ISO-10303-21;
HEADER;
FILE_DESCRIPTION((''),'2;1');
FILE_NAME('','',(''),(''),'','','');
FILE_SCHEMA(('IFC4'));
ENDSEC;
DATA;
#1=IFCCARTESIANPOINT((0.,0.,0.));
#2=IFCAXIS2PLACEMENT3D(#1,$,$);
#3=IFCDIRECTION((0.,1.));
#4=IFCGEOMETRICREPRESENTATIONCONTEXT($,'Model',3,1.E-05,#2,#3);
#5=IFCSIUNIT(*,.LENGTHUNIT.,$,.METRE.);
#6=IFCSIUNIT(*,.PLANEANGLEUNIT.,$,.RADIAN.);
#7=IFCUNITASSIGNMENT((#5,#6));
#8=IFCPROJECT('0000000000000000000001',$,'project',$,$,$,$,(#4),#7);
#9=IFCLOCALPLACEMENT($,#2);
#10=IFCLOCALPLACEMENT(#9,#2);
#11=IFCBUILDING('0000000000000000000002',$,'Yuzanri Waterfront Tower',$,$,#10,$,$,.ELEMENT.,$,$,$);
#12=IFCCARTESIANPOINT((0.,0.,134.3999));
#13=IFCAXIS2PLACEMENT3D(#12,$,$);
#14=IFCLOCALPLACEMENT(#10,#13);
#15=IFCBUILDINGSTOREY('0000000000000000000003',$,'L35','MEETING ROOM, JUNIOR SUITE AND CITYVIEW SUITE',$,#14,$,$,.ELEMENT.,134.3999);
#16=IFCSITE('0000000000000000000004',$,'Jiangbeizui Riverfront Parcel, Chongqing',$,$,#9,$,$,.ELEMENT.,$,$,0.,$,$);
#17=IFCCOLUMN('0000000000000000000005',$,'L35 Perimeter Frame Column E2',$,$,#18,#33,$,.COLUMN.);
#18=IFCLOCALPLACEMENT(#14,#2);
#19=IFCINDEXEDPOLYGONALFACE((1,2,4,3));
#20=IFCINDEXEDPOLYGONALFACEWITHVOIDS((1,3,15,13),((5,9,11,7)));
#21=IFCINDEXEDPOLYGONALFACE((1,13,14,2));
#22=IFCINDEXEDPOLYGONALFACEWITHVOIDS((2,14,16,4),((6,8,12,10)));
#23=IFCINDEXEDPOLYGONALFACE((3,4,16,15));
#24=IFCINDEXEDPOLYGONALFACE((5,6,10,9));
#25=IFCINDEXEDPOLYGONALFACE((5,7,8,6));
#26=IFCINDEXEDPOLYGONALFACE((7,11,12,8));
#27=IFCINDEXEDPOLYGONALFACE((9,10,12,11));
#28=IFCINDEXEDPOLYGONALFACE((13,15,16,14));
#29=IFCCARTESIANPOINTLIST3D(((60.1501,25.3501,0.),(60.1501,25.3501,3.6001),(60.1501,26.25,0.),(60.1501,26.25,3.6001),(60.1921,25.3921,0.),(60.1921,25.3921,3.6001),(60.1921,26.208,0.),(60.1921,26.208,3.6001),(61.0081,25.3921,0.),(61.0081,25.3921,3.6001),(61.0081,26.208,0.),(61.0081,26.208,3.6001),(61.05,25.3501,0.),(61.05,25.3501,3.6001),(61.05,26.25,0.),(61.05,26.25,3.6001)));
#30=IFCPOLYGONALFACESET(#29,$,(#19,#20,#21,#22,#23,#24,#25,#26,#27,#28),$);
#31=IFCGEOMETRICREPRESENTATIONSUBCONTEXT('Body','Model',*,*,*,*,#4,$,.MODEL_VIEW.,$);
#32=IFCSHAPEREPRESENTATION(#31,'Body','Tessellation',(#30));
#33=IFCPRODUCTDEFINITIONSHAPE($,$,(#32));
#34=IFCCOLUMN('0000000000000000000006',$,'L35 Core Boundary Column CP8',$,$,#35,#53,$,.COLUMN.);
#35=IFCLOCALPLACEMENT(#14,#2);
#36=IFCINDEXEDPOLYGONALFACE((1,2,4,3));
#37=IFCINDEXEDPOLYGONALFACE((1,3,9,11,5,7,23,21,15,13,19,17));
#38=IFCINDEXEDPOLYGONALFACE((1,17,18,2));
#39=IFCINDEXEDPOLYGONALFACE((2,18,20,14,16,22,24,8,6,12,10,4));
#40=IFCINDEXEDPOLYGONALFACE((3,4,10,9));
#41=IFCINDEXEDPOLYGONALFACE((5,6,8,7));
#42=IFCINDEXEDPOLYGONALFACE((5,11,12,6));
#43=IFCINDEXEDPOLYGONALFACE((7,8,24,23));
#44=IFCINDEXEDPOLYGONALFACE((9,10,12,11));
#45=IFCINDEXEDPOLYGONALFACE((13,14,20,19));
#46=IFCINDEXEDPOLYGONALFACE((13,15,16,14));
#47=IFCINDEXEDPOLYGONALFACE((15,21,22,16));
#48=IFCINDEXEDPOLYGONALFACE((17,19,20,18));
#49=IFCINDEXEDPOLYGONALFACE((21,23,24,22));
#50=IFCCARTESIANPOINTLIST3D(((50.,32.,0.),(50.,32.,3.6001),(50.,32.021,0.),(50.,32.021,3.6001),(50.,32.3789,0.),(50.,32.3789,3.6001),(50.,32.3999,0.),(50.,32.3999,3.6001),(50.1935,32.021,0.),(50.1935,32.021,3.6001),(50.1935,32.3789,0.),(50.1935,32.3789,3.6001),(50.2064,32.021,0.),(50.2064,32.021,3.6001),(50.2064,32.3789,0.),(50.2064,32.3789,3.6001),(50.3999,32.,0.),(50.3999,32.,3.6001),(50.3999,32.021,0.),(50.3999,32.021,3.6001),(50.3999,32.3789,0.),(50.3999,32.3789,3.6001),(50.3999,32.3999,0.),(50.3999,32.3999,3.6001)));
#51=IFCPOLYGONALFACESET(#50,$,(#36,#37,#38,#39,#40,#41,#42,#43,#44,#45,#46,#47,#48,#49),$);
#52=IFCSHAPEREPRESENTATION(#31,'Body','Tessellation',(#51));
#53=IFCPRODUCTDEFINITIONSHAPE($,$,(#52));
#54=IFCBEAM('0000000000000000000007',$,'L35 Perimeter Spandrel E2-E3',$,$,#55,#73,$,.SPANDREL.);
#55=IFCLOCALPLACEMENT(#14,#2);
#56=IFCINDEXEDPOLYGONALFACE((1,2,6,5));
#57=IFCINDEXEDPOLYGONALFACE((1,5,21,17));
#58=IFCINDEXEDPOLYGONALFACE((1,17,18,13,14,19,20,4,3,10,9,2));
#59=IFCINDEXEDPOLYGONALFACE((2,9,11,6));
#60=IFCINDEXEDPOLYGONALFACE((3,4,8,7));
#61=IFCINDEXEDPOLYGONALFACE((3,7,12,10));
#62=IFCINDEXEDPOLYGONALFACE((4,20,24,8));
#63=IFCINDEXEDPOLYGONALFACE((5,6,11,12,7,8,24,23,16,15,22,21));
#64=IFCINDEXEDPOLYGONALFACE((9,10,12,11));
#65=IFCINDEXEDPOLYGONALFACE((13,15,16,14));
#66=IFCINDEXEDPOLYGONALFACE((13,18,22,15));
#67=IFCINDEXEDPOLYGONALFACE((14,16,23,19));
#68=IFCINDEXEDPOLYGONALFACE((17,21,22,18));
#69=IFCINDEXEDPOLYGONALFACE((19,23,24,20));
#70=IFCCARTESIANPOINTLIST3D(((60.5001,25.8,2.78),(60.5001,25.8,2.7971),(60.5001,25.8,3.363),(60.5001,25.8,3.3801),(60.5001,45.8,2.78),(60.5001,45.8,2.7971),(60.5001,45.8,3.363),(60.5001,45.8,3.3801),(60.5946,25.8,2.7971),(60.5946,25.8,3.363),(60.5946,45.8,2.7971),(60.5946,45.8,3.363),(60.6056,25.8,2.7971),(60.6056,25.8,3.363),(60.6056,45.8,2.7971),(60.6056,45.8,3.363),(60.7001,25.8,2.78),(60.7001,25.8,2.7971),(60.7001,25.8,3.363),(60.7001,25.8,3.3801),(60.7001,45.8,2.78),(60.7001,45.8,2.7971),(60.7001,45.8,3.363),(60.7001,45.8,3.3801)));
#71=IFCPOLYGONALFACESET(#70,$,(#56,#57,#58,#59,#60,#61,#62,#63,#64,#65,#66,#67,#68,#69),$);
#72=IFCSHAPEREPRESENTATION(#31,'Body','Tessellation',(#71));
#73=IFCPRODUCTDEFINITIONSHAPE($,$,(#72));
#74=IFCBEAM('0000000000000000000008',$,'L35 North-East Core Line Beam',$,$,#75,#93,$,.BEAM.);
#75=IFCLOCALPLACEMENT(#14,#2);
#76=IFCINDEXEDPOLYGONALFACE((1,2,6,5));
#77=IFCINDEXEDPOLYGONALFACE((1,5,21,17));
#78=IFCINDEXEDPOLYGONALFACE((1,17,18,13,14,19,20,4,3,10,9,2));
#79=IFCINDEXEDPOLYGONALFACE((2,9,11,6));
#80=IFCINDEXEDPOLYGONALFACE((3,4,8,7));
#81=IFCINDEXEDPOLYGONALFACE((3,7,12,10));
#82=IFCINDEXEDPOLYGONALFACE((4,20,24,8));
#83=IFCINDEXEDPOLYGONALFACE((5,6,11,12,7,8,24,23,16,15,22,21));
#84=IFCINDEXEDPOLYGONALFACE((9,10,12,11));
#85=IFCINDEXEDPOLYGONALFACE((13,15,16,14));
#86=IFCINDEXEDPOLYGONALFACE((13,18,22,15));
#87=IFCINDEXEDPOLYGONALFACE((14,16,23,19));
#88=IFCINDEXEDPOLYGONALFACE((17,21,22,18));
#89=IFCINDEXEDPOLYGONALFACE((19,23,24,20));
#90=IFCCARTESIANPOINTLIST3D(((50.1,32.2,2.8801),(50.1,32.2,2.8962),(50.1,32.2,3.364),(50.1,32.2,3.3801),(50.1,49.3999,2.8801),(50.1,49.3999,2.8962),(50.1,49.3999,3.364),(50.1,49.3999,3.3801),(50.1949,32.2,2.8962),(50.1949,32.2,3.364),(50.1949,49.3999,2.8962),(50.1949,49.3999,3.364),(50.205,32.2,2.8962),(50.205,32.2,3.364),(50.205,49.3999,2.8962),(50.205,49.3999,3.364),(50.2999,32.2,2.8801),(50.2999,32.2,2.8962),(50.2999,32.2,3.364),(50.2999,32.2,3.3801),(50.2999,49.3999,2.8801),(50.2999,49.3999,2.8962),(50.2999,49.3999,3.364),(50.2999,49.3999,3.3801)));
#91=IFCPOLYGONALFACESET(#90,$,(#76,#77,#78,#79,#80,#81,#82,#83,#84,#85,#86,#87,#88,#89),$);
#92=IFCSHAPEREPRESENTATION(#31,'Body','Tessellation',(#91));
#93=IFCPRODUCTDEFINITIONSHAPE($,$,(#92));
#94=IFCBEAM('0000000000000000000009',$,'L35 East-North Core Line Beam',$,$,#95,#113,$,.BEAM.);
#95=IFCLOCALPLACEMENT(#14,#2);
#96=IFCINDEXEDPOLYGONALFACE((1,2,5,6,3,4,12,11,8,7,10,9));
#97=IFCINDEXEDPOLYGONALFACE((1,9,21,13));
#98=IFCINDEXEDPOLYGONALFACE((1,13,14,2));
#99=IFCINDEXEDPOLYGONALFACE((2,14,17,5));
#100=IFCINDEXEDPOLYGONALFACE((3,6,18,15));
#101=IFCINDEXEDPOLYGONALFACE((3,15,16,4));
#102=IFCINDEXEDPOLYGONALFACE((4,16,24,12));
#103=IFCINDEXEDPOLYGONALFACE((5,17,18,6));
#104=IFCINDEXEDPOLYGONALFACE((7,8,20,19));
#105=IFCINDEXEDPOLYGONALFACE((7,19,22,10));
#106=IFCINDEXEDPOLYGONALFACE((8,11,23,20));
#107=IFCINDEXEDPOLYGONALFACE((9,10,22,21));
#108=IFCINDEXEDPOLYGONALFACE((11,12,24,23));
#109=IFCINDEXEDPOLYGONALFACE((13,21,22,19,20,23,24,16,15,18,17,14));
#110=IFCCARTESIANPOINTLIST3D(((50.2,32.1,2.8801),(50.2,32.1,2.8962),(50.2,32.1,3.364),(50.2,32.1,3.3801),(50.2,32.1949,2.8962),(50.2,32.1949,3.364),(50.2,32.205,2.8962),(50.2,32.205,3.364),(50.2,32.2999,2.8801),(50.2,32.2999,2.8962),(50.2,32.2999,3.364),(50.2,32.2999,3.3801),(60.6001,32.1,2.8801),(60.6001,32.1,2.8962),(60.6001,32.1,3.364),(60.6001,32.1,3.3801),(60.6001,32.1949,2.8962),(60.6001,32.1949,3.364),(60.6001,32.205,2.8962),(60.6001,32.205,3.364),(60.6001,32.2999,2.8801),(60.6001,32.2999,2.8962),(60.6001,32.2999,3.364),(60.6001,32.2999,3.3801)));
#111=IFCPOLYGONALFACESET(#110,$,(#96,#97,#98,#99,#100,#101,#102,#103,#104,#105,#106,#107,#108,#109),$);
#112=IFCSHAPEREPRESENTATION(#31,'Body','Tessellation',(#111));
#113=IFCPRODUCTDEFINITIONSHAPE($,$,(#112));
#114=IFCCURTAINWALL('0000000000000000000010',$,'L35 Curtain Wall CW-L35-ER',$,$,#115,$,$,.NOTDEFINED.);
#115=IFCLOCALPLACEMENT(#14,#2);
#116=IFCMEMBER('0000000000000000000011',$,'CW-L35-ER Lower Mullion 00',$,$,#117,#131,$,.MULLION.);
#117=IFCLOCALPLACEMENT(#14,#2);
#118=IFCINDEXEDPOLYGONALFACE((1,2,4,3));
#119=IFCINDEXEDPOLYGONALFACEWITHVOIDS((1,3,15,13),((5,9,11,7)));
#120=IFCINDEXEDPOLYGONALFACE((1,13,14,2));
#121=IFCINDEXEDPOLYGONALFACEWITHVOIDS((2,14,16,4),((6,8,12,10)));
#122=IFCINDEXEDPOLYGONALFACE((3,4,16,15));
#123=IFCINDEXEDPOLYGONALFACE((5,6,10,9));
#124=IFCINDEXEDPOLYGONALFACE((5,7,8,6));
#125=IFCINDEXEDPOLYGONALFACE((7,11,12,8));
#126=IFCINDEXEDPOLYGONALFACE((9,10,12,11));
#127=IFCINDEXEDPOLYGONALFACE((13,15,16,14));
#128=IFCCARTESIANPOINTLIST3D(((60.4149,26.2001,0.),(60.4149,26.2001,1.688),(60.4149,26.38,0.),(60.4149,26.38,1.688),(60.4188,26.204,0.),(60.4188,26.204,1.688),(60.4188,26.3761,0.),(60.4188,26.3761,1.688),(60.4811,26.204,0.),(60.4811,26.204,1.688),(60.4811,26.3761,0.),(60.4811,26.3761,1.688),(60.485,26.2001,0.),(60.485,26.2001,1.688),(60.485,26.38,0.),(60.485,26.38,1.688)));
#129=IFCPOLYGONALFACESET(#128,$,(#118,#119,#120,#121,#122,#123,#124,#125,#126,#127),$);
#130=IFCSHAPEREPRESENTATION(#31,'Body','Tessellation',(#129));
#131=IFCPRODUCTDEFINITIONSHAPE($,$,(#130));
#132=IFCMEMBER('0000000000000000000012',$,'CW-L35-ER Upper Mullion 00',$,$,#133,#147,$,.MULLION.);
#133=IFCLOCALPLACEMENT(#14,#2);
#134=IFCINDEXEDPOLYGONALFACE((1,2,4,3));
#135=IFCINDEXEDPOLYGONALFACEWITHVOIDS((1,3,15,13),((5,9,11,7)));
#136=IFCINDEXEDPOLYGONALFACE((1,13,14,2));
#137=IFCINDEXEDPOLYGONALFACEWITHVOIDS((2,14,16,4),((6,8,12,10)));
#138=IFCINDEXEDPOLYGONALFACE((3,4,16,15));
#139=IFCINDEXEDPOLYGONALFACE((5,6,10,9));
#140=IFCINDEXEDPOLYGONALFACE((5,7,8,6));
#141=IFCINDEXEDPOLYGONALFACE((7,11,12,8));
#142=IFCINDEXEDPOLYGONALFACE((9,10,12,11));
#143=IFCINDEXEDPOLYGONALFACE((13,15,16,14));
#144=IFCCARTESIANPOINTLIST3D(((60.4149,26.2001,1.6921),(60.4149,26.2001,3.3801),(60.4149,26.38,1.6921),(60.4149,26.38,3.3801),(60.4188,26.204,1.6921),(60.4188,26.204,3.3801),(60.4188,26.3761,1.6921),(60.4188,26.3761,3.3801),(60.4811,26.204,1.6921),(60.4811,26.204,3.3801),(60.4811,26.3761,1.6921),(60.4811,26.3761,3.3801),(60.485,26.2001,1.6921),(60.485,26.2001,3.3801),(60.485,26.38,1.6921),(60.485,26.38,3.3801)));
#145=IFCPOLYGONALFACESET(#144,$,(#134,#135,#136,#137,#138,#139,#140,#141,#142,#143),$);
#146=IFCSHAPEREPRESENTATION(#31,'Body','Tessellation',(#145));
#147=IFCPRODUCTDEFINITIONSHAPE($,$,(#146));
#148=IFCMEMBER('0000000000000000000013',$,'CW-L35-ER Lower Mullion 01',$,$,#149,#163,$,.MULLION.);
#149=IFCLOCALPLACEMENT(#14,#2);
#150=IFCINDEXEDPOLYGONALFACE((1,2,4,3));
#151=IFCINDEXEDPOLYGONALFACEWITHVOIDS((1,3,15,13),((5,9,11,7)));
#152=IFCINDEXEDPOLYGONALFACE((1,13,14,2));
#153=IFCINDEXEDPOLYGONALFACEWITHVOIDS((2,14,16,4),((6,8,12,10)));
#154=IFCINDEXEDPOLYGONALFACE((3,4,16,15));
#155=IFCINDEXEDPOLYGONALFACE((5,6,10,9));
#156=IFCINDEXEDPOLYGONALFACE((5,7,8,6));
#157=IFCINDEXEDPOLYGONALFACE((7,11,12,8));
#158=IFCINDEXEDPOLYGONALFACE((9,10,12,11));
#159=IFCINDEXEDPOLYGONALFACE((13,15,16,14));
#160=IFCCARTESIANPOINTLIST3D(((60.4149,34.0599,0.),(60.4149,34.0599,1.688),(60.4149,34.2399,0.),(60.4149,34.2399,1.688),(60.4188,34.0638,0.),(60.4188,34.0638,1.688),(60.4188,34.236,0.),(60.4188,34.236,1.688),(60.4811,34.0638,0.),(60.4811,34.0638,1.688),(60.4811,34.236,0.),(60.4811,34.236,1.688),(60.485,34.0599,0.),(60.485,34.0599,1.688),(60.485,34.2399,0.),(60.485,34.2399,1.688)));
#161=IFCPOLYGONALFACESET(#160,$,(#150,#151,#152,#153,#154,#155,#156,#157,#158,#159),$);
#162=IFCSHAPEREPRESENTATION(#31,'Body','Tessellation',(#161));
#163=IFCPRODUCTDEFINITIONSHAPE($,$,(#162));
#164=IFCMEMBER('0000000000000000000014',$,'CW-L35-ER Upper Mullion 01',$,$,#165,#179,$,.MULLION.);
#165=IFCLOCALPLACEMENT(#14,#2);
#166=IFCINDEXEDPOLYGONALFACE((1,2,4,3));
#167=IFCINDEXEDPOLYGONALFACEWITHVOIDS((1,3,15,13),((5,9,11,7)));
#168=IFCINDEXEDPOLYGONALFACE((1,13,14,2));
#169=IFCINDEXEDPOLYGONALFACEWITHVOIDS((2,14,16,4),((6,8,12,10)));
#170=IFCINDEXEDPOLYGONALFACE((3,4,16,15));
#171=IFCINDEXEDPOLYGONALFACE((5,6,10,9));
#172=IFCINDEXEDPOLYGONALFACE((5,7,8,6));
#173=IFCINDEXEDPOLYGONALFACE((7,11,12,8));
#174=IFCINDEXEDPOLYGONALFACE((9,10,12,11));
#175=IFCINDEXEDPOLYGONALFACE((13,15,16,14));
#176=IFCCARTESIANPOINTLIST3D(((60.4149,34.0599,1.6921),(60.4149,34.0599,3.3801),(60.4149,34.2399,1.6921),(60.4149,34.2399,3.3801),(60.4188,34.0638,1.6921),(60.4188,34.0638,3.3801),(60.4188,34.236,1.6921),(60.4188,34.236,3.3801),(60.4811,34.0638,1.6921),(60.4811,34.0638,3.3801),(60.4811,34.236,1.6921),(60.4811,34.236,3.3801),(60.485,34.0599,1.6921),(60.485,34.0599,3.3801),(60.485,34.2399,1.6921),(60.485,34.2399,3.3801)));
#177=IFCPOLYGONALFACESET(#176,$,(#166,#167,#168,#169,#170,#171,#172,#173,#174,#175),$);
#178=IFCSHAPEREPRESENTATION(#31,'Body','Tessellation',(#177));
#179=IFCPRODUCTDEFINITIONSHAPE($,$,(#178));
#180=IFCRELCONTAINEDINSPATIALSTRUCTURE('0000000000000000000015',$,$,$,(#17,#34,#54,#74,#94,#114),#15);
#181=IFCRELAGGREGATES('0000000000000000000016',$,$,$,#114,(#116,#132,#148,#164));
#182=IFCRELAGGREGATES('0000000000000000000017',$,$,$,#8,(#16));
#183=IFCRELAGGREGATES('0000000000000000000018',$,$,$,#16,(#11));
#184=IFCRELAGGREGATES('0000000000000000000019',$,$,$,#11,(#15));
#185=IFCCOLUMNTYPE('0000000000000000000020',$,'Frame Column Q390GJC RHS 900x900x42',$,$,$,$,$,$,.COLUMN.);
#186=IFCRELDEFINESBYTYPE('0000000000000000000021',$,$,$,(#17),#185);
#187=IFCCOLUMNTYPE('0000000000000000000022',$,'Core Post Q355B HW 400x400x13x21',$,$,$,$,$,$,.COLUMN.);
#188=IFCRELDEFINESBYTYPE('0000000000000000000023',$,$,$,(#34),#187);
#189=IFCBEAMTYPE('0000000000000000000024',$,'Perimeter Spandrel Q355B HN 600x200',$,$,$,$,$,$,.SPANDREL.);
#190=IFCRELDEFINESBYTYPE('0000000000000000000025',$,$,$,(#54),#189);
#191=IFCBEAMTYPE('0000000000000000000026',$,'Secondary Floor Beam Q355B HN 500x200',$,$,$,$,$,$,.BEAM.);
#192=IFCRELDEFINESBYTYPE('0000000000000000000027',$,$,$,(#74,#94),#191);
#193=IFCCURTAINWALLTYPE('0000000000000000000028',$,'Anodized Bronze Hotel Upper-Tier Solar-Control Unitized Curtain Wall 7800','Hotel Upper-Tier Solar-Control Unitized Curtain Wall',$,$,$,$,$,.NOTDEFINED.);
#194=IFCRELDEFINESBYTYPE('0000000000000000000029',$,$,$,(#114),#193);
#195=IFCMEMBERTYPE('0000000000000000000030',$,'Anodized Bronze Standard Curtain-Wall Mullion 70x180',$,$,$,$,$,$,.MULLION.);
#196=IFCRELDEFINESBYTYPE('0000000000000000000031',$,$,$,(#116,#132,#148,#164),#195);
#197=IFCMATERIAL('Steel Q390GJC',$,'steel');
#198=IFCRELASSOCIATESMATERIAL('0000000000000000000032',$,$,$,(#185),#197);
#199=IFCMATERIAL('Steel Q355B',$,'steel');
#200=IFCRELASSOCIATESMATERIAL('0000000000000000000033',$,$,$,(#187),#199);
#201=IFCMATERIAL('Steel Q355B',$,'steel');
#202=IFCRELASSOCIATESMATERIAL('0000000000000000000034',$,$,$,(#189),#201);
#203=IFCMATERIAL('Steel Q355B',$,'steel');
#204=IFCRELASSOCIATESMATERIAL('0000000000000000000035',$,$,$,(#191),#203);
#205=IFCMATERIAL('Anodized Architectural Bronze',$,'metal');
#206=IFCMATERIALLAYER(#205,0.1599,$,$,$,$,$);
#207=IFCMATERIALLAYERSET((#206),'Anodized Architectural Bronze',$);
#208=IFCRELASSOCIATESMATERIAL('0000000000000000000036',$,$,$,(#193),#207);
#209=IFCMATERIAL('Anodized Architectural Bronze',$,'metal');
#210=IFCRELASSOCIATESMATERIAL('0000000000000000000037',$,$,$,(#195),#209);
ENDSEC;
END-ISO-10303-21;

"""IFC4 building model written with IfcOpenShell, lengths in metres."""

from ifc_helpers import new_model, si_unit, direction, frame, origin, origin_2d, place, context, subcontext, project, spatial, hollow_rectangle, i_section, extrude, source, transform, mapped, material, layer, layer_set, material_profile, profile_set, type_object, element, aggregate, save


model = new_model("IFC4")

# Units and contexts
model_context = context("Model", 3, precision=1e-05, world=origin(), true_north=direction((0.0, 1.0)))
body_context = subcontext(model_context, "Body", "Model", "MODEL_VIEW")
ifc_project = project(units=[si_unit("LENGTHUNIT", "METRE"), si_unit("PLANEANGLEUNIT", "RADIAN")], contexts=[model_context])

# Site, building, storey
site_placement = place(None, origin())
site = spatial("IfcSite", under=ifc_project, at=site_placement, Name="Jiangbeizui Riverfront Parcel, Chongqing", CompositionType="ELEMENT", RefElevation=0.0)
building_placement = place(site_placement, origin())
building = spatial("IfcBuilding", under=site, at=building_placement, Name="Yuzanri Waterfront Tower", CompositionType="ELEMENT")
storey_placement = place(building_placement, frame((0.0, 0.0, 134.3999)))
storey = spatial("IfcBuildingStorey", under=building, at=storey_placement, Name="L35", Description="MEETING ROOM, JUNIOR SUITE AND CITYVIEW SUITE", CompositionType="ELEMENT", Elevation=134.3999)

# Columns
ifc_material_1 = material(Name="Steel Q390GJC", Category="steel")
ifc_material_profile_1 = material_profile(ifc_material_1, hollow_rectangle(XDim=0.8999, YDim=0.8999, WallThickness=0.042, at=origin_2d()), Name="RHS 900x900x42")
ifc_profile_set_1 = profile_set([ifc_material_profile_1], Name="Steel Q390GJC")
column_type_1 = type_object("IfcColumnType", Name="Frame Column Q390GJC RHS 900x900x42", PredefinedType="COLUMN", material=ifc_profile_set_1)
shared_shape_1 = source(origin(), body_context, "Body", "SweptSolid", [
    extrude(hollow_rectangle(XDim=0.8999, YDim=0.8999, WallThickness=0.042, at=origin_2d()), origin(), (0.0, 0.0, 1.0), 3.6001),
])
column_1_placement = place(storey_placement, frame((60.6001, 25.8, 0.0), z_axis=(0.0, 0.0, 1.0), x_axis=(1.0, 0.0, 0.0)))
element("IfcColumn", 1, at=column_1_placement, inside=storey, type_object=column_type_1, Name="L35 Perimeter Frame Column E2", PredefinedType="COLUMN", context=body_context, shape_type="MappedRepresentation", body=[
    mapped(shared_shape_1, transform((0.0, 0.0, 0.0), scale=1.0)),
])
ifc_material_2 = material(Name="Steel Q355B", Category="steel")
ifc_material_profile_2 = material_profile(ifc_material_2, i_section(OverallWidth=0.3999, OverallDepth=0.3999, WebThickness=0.0129, FlangeThickness=0.021, at=origin_2d()), Name="HW 400x400x13x21")
ifc_profile_set_2 = profile_set([ifc_material_profile_2], Name="Steel Q355B")
column_type_2 = type_object("IfcColumnType", Name="Core Post Q355B HW 400x400x13x21", PredefinedType="COLUMN", material=ifc_profile_set_2)
shared_shape_2 = source(origin(), body_context, "Body", "SweptSolid", [
    extrude(i_section(OverallWidth=0.3999, OverallDepth=0.3999, WebThickness=0.0129, FlangeThickness=0.021, at=origin_2d()), origin(), (0.0, 0.0, 1.0), 3.6001),
])
column_2_placement = place(storey_placement, frame((50.2, 32.2, 0.0), z_axis=(0.0, 0.0, 1.0), x_axis=(1.0, 0.0, 0.0)))
element("IfcColumn", 2, at=column_2_placement, inside=storey, type_object=column_type_2, Name="L35 Core Boundary Column CP8", PredefinedType="COLUMN", context=body_context, shape_type="MappedRepresentation", body=[
    mapped(shared_shape_2, transform((0.0, 0.0, 0.0), scale=1.0)),
])

# Beams
ifc_material_3 = material(Name="Steel Q355B", Category="steel")
ifc_material_profile_3 = material_profile(ifc_material_3, i_section(OverallWidth=0.2, OverallDepth=0.6001, WebThickness=0.011, FlangeThickness=0.0171, at=origin_2d()), Name="HN 600x200x11x17")
ifc_profile_set_3 = profile_set([ifc_material_profile_3], Name="Steel Q355B")
beam_type_1 = type_object("IfcBeamType", Name="Perimeter Spandrel Q355B HN 600x200", PredefinedType="SPANDREL", material=ifc_profile_set_3)
shared_shape_3 = source(origin(), body_context, "Body", "SweptSolid", [
    extrude(i_section(OverallWidth=0.2, OverallDepth=0.6001, WebThickness=0.011, FlangeThickness=0.0171, at=origin_2d()), origin(), (0.0, 0.0, 1.0), 20.0),
])
beam_1_placement = place(storey_placement, frame((60.6001, 25.8, 3.0801), z_axis=(0.0, 1.0, 0.0), x_axis=(-1.0, 0.0, 0.0)))
element("IfcBeam", 3, at=beam_1_placement, inside=storey, type_object=beam_type_1, Name="L35 Perimeter Spandrel E2-E3", PredefinedType="SPANDREL", context=body_context, shape_type="MappedRepresentation", body=[
    mapped(shared_shape_3, transform((0.0, 0.0, 0.0), scale=1.0)),
])
ifc_material_4 = material(Name="Steel Q355B", Category="steel")
ifc_material_profile_4 = material_profile(ifc_material_4, i_section(OverallWidth=0.2, OverallDepth=0.5, WebThickness=0.01, FlangeThickness=0.0161, at=origin_2d()), Name="HN 500x200x10x16")
ifc_profile_set_4 = profile_set([ifc_material_profile_4], Name="Steel Q355B")
beam_type_2 = type_object("IfcBeamType", Name="Secondary Floor Beam Q355B HN 500x200", PredefinedType="BEAM", material=ifc_profile_set_4)
shared_shape_4 = source(origin(), body_context, "Body", "SweptSolid", [
    extrude(i_section(OverallWidth=0.2, OverallDepth=0.5, WebThickness=0.01, FlangeThickness=0.0161, at=origin_2d()), origin(), (0.0, 0.0, 1.0), 17.2),
])
beam_2_placement = place(storey_placement, frame((50.2, 32.2, 3.1301), z_axis=(0.0, 1.0, 0.0), x_axis=(-1.0, 0.0, 0.0)))
element("IfcBeam", 4, at=beam_2_placement, inside=storey, type_object=beam_type_2, Name="L35 North-East Core Line Beam", PredefinedType="BEAM", context=body_context, shape_type="MappedRepresentation", body=[
    mapped(shared_shape_4, transform((0.0, 0.0, 0.0), scale=1.0)),
])
shared_shape_5 = source(origin(), body_context, "Body", "SweptSolid", [
    extrude(i_section(OverallWidth=0.2, OverallDepth=0.5, WebThickness=0.01, FlangeThickness=0.0161, at=origin_2d()), origin(), (0.0, 0.0, 1.0), 10.4001),
])
beam_3_placement = place(storey_placement, frame((50.2, 32.2, 3.1301), z_axis=(1.0, 0.0, 0.0), x_axis=(0.0, 1.0, 0.0)))
element("IfcBeam", 5, at=beam_3_placement, inside=storey, type_object=beam_type_2, Name="L35 East-North Core Line Beam", PredefinedType="BEAM", context=body_context, shape_type="MappedRepresentation", body=[
    mapped(shared_shape_5, transform((0.0, 0.0, 0.0), scale=1.0)),
])

# Curtain wall, members
ifc_material_5 = material(Name="Anodized Architectural Bronze", Category="metal")
ifc_layer_1 = layer(ifc_material_5, 0.1599)
ifc_layer_set_1 = layer_set([ifc_layer_1], Name="Anodized Architectural Bronze")
curtain_wall_type = type_object("IfcCurtainWallType", Name="Anodized Bronze Hotel Upper-Tier Solar-Control Unitized Curtain Wall 7800", Description="Hotel Upper-Tier Solar-Control Unitized Curtain Wall", PredefinedType="NOTDEFINED", material=ifc_layer_set_1)
curtain_wall_placement = place(storey_placement, origin())
curtain_wall = element("IfcCurtainWall", 6, at=curtain_wall_placement, inside=storey, type_object=curtain_wall_type, Name="L35 Curtain Wall CW-L35-ER", PredefinedType="NOTDEFINED")
ifc_material_6 = material(Name="Anodized Architectural Bronze", Category="metal")
ifc_material_profile_5 = material_profile(ifc_material_6, hollow_rectangle(XDim=0.0701, YDim=0.1799, WallThickness=0.0039, at=origin_2d()), Name="CWM 70x180")
ifc_profile_set_5 = profile_set([ifc_material_profile_5], Name="Anodized Architectural Bronze")
member_type_1 = type_object("IfcMemberType", Name="Anodized Bronze Standard Curtain-Wall Mullion 70x180", PredefinedType="MULLION", material=ifc_profile_set_5)
shared_shape_6 = source(origin(), body_context, "Body", "SweptSolid", [
    extrude(hollow_rectangle(XDim=0.0701, YDim=0.1799, WallThickness=0.0039, at=origin_2d()), origin(), (0.0, 0.0, 1.0), 1.688),
])
member_1_placement = place(storey_placement, frame((60.45, 26.29, 0.0), z_axis=(0.0, 0.0, 1.0), x_axis=(1.0, 0.0, 0.0)))
member_1 = element("IfcMember", 7, at=member_1_placement, type_object=member_type_1, Name="CW-L35-ER Lower Mullion 00", PredefinedType="MULLION", context=body_context, shape_type="MappedRepresentation", body=[
    mapped(shared_shape_6, transform((0.0, 0.0, 0.0), scale=1.0)),
])
member_2_placement = place(storey_placement, frame((60.45, 26.29, 1.6921), z_axis=(0.0, 0.0, 1.0), x_axis=(1.0, 0.0, 0.0)))
member_2 = element("IfcMember", 8, at=member_2_placement, type_object=member_type_1, Name="CW-L35-ER Upper Mullion 00", PredefinedType="MULLION", context=body_context, shape_type="MappedRepresentation", body=[
    mapped(shared_shape_6, transform((0.0, 0.0, 0.0), scale=1.0)),
])
member_3_placement = place(storey_placement, frame((60.45, 34.1499, 0.0), z_axis=(0.0, 0.0, 1.0), x_axis=(1.0, 0.0, 0.0)))
member_3 = element("IfcMember", 9, at=member_3_placement, type_object=member_type_1, Name="CW-L35-ER Lower Mullion 01", PredefinedType="MULLION", context=body_context, shape_type="MappedRepresentation", body=[
    mapped(shared_shape_6, transform((0.0, 0.0, 0.0), scale=1.0)),
])
member_4_placement = place(storey_placement, frame((60.45, 34.1499, 1.6921), z_axis=(0.0, 0.0, 1.0), x_axis=(1.0, 0.0, 0.0)))
member_4 = element("IfcMember", 10, at=member_4_placement, type_object=member_type_1, Name="CW-L35-ER Upper Mullion 01", PredefinedType="MULLION", context=body_context, shape_type="MappedRepresentation", body=[
    mapped(shared_shape_6, transform((0.0, 0.0, 0.0), scale=1.0)),
])
aggregate(curtain_wall, [member_1, member_2, member_3, member_4])

save(model, "model.ifc")
